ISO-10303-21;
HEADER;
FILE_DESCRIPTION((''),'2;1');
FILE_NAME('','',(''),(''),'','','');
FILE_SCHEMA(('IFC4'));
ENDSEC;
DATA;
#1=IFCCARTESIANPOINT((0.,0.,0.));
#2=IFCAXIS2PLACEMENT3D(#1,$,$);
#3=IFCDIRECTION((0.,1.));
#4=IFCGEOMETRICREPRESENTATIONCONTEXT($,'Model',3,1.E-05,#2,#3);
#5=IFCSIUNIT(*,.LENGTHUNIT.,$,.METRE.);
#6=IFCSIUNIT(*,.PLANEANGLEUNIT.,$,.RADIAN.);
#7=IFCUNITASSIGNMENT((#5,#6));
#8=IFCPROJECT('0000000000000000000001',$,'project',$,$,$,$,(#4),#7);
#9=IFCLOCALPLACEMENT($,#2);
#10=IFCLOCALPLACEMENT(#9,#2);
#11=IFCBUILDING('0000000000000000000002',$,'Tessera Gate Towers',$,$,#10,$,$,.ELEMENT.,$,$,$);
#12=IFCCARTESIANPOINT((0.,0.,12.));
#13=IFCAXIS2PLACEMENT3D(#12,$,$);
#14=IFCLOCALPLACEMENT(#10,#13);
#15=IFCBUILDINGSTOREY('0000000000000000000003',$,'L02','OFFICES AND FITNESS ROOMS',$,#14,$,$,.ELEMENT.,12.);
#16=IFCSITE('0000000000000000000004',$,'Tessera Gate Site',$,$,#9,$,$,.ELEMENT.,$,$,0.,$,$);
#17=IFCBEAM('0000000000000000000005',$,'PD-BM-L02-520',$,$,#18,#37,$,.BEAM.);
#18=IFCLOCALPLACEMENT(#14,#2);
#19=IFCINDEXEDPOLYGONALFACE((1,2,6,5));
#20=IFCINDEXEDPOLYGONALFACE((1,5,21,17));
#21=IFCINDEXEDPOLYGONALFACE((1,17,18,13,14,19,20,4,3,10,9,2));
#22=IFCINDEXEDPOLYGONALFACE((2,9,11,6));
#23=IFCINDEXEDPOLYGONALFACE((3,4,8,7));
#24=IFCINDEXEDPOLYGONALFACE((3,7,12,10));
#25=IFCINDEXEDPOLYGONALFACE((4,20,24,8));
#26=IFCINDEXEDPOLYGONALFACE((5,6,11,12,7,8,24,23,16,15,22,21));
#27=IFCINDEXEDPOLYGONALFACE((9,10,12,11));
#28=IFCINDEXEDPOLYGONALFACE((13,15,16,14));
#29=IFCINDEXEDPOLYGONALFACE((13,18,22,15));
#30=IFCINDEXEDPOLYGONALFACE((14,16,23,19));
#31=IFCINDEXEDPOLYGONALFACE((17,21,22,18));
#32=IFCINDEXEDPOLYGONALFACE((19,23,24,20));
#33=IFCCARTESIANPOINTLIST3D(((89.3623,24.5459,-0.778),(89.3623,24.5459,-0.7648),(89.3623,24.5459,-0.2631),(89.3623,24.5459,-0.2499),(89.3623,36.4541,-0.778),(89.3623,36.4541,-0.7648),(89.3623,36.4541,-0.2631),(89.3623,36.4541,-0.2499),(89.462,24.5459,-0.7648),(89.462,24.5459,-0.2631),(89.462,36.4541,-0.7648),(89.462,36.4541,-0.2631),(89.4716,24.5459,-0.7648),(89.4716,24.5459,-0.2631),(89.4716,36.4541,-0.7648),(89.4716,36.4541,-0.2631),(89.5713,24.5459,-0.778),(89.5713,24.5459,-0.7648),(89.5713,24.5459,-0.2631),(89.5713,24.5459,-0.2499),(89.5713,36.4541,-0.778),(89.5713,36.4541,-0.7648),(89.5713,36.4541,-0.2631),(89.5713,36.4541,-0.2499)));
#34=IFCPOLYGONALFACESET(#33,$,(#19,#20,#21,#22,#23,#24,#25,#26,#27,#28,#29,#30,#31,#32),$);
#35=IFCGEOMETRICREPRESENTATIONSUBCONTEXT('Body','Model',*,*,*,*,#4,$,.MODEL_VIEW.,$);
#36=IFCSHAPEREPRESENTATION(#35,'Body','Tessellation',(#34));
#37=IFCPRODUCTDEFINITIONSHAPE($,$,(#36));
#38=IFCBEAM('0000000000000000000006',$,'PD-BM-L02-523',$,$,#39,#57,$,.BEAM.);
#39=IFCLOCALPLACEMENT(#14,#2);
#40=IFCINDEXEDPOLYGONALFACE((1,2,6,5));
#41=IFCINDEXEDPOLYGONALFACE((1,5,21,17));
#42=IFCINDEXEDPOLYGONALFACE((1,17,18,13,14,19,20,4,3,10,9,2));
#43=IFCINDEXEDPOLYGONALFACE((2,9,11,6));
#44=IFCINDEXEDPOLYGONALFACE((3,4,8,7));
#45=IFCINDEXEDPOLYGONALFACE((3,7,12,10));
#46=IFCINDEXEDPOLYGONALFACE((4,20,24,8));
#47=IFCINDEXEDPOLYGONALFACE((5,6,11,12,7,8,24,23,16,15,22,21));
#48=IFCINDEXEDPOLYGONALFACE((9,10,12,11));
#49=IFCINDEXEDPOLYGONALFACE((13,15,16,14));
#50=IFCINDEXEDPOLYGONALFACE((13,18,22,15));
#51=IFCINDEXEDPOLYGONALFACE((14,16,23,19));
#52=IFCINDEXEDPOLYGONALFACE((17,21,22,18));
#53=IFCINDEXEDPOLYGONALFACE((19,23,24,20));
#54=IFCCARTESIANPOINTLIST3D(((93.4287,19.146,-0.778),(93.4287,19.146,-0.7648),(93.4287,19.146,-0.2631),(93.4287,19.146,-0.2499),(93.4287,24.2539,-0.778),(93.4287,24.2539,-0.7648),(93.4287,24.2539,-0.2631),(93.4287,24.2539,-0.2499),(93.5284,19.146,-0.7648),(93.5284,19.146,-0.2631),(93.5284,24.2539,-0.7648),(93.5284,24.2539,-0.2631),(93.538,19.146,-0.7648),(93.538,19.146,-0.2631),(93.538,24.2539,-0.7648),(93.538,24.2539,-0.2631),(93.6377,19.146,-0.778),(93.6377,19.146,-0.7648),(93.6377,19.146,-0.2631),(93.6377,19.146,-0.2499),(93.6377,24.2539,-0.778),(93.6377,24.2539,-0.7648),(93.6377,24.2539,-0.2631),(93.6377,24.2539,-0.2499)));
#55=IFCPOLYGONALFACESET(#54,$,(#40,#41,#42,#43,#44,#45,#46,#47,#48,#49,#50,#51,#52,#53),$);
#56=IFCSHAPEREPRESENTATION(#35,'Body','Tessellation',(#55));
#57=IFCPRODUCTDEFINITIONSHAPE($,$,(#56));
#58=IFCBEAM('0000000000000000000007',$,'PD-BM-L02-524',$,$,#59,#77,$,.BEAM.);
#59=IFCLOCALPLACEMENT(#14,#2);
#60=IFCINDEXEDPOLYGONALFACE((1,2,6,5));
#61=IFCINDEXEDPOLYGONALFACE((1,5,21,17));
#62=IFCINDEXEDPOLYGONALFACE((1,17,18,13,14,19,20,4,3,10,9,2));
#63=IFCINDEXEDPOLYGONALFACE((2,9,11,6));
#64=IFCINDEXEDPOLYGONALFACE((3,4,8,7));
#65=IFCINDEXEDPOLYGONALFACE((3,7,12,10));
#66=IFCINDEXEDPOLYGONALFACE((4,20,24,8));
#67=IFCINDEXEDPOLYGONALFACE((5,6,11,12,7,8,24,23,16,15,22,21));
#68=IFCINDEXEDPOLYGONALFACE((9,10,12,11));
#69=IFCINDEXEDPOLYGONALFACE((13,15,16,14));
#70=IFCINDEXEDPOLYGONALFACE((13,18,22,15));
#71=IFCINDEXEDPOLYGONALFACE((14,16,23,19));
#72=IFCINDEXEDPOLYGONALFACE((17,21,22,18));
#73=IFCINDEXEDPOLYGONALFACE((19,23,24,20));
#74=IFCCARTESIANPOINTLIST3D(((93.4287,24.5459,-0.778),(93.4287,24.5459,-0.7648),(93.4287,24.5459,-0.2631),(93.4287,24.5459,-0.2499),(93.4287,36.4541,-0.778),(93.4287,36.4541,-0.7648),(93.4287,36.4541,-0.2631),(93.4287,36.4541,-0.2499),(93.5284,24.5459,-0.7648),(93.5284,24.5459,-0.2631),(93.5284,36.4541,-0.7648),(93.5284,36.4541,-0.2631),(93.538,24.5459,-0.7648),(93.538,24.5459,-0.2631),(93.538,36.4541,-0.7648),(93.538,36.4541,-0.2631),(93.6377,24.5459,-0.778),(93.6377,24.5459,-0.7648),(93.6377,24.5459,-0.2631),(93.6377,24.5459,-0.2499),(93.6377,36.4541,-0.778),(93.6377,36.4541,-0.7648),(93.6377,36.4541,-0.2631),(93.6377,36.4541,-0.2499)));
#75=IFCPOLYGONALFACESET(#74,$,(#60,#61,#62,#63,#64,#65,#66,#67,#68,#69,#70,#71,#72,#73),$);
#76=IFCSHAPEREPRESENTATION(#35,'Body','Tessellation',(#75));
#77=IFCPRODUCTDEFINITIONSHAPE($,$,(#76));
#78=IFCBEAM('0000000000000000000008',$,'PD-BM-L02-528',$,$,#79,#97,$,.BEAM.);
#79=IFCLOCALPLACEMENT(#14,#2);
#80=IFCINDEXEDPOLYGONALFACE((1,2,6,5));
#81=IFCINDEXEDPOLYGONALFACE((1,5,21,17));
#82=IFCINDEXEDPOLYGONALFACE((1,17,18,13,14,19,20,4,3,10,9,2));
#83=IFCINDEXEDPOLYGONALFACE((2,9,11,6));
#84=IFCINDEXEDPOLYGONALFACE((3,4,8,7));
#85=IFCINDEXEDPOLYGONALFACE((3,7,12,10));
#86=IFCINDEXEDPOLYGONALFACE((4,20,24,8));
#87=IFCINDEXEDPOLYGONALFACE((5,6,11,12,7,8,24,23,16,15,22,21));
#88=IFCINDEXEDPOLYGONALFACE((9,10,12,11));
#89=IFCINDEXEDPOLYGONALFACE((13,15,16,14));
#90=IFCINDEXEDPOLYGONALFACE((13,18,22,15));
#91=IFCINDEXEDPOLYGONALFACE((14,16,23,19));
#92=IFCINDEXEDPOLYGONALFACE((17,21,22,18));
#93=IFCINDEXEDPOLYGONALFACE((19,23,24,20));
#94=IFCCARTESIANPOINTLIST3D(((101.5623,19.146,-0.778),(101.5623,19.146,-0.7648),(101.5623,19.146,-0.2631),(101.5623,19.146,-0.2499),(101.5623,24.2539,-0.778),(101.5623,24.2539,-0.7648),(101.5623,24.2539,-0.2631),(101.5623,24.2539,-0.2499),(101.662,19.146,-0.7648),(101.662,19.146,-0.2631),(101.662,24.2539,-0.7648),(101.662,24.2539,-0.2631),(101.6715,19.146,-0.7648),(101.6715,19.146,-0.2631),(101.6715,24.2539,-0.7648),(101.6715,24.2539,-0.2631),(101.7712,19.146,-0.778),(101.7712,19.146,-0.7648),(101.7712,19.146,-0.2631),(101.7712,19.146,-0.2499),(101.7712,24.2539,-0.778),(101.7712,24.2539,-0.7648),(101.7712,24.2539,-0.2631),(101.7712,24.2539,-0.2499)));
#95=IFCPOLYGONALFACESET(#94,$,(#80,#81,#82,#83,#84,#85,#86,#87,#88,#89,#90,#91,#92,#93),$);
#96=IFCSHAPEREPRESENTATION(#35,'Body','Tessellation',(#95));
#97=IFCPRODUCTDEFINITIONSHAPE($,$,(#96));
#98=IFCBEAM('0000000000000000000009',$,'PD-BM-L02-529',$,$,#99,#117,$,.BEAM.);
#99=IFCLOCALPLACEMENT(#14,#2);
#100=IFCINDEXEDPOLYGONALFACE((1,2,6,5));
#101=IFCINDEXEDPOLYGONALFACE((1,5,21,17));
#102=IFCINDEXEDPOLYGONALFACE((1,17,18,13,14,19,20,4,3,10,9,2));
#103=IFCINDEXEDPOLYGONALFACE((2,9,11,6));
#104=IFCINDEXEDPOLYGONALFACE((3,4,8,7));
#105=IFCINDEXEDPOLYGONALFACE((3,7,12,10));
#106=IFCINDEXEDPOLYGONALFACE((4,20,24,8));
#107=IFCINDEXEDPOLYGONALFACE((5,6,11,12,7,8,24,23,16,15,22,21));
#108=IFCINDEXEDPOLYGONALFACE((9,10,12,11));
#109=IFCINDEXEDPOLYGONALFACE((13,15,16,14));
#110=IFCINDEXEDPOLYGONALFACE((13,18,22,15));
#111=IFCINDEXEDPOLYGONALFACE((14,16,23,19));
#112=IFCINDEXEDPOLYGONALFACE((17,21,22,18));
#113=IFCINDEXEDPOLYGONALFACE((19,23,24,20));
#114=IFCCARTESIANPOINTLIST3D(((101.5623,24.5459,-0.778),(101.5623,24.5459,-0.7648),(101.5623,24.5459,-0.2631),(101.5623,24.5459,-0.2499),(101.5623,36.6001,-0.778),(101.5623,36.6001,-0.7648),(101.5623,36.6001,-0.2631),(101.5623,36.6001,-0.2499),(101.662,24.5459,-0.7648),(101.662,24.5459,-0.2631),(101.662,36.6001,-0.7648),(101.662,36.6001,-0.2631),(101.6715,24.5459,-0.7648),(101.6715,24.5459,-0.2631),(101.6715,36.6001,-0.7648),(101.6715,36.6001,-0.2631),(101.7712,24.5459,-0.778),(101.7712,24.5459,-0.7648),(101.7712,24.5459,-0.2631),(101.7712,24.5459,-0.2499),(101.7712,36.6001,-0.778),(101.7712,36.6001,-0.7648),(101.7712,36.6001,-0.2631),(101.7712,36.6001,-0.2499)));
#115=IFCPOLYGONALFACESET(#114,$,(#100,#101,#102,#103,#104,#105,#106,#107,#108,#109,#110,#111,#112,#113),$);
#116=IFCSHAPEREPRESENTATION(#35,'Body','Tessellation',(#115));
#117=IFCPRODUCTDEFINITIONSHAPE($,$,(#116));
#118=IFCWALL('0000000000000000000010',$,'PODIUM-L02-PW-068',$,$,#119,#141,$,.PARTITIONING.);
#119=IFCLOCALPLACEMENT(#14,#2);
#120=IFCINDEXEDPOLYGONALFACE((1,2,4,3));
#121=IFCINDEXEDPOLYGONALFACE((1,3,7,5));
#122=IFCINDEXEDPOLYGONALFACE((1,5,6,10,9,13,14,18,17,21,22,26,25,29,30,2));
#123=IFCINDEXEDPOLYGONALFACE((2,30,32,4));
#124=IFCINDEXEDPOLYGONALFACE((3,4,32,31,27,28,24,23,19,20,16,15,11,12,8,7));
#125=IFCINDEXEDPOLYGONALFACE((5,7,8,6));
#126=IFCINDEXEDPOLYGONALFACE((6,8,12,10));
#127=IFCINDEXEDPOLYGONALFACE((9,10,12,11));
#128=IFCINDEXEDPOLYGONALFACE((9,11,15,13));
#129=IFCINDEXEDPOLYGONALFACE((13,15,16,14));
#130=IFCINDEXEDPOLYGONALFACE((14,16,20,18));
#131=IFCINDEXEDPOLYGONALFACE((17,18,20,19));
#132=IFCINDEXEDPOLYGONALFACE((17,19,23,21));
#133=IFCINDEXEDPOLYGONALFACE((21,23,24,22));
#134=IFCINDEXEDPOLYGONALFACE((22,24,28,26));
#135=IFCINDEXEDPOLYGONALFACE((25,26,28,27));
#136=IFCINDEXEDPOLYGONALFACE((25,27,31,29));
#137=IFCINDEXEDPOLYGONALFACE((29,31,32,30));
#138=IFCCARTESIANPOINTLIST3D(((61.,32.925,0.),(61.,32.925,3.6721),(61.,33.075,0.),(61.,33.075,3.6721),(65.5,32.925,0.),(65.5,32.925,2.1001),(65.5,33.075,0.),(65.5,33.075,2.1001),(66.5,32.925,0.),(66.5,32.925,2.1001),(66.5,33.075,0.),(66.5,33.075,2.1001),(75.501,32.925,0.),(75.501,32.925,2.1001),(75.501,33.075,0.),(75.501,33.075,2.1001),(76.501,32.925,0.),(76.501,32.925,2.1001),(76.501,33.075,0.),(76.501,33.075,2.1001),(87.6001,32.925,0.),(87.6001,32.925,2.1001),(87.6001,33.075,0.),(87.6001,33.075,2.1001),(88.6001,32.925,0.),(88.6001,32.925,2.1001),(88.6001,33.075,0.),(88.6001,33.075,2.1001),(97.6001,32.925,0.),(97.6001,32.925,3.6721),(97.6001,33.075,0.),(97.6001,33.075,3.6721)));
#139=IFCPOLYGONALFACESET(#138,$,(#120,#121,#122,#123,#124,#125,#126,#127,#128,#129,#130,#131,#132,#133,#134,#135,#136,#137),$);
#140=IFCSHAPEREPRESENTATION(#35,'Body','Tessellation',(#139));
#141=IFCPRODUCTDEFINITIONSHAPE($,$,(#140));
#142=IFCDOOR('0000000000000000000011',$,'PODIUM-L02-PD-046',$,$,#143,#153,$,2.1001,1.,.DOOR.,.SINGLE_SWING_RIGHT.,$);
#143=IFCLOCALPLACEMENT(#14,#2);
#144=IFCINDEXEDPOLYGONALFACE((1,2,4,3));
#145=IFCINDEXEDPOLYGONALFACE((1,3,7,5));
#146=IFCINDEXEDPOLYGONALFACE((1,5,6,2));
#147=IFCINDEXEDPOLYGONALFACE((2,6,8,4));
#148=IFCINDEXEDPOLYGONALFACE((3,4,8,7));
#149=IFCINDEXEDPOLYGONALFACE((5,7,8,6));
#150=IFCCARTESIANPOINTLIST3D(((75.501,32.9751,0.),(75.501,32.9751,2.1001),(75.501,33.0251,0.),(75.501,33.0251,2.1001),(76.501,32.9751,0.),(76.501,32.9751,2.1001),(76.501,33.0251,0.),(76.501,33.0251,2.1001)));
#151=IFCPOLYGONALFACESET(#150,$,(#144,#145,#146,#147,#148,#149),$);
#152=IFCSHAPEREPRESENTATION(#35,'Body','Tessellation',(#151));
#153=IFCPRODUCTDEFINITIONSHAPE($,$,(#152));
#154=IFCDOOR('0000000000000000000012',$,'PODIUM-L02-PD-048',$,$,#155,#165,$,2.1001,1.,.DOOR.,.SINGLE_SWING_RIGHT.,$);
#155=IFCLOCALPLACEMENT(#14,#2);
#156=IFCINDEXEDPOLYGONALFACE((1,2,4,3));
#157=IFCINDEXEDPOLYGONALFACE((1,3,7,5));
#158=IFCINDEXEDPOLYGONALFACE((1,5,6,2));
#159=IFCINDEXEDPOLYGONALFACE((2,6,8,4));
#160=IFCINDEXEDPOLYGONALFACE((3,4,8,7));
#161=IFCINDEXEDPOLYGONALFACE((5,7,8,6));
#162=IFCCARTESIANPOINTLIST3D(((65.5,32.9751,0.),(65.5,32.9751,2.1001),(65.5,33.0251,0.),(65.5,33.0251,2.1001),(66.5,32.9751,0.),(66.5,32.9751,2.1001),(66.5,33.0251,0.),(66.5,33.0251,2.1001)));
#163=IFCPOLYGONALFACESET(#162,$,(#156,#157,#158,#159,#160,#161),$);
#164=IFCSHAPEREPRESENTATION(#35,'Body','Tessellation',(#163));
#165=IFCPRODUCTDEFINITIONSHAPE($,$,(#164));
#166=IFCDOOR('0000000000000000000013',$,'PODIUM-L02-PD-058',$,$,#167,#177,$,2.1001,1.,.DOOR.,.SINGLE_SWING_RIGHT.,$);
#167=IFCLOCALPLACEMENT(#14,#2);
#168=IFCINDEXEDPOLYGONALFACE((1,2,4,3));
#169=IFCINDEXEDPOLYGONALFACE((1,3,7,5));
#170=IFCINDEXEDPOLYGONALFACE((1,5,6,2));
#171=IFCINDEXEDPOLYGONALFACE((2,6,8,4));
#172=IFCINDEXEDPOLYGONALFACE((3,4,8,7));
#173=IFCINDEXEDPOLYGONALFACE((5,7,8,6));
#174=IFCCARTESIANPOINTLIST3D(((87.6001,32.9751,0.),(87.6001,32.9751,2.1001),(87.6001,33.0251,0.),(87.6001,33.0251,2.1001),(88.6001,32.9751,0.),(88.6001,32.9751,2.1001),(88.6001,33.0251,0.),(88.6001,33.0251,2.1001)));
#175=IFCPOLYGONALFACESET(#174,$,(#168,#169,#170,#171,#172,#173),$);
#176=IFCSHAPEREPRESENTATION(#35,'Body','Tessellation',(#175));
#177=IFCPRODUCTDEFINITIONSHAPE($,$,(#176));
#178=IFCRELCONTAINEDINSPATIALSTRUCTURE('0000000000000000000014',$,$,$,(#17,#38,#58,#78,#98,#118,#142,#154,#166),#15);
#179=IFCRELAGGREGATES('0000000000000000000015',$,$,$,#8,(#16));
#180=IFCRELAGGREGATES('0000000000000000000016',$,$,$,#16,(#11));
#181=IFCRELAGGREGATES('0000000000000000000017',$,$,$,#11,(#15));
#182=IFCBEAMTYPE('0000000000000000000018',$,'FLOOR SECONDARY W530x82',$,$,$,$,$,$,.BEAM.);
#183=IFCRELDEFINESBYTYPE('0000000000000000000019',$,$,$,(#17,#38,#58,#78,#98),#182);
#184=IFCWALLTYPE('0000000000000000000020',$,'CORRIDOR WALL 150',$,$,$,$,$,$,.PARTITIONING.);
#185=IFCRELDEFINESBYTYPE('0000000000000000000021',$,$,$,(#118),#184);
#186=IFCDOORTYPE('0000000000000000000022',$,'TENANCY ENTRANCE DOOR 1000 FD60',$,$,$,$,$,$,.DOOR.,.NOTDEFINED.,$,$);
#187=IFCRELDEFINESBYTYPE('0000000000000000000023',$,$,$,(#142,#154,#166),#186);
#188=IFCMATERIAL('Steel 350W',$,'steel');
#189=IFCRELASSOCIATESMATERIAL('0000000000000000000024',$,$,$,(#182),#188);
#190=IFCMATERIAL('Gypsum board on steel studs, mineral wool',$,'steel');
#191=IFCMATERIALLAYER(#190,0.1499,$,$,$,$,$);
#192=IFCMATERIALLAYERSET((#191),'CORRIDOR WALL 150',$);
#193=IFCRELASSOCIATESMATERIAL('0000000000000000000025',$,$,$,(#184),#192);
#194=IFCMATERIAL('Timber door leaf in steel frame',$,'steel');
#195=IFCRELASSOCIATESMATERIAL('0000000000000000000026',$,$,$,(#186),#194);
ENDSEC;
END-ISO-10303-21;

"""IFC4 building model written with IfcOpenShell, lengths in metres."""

from ifc_helpers import new_model, si_unit, direction, frame, frame_2d, origin, origin_2d, place, context, subcontext, project, spatial, rectangle, i_section, extrude, source, transform, mapped, material, layer, layer_set, material_profile, profile_set, type_object, element, fill, save


model = new_model("IFC4")

# Units and contexts
model_context = context("Model", 3, precision=1e-05, world=origin(), true_north=direction((0.0, 1.0)))
body_context = subcontext(model_context, "Body", "Model", "MODEL_VIEW")
ifc_project = project(units=[si_unit("LENGTHUNIT", "METRE"), si_unit("PLANEANGLEUNIT", "RADIAN")], contexts=[model_context])

# Site, building, storey
site_placement = place(None, origin())
site = spatial("IfcSite", under=ifc_project, at=site_placement, Name="Tessera Gate Site", CompositionType="ELEMENT", RefElevation=0.0)
building_placement = place(site_placement, origin())
building = spatial("IfcBuilding", under=site, at=building_placement, Name="Tessera Gate Towers", CompositionType="ELEMENT")
storey_placement = place(building_placement, frame((0.0, 0.0, 12.0)))
storey = spatial("IfcBuildingStorey", under=building, at=storey_placement, Name="L02", Description="OFFICES AND FITNESS ROOMS", CompositionType="ELEMENT", Elevation=12.0)

# Beams
ifc_material_1 = material(Name="Steel 350W", Category="steel")
ifc_material_profile_1 = material_profile(ifc_material_1, i_section(OverallWidth=0.209, OverallDepth=0.5281, WebThickness=0.0095, FlangeThickness=0.0132, at=origin_2d()), Name="W530x82")
ifc_profile_set_1 = profile_set([ifc_material_profile_1], Name="Steel 350W")
beam_type_1 = type_object("IfcBeamType", Name="FLOOR SECONDARY W530x82", PredefinedType="BEAM", material=ifc_profile_set_1)
beam_1_placement = place(storey_placement, frame((89.4668, 24.5459, -0.5139), z_axis=(0.0, 1.0, 0.0), x_axis=(-1.0, 0.0, 0.0)))
element("IfcBeam", 1, at=beam_1_placement, inside=storey, type_object=beam_type_1, Name="PD-BM-L02-520", PredefinedType="BEAM", context=body_context, shape_type="SweptSolid", body=[
    extrude(i_section(OverallWidth=0.209, OverallDepth=0.5281, WebThickness=0.0095, FlangeThickness=0.0132, at=origin_2d()), origin(), (0.0, 0.0, 1.0), 11.9082),
])
beam_2_placement = place(storey_placement, frame((93.5332, 19.146, -0.5139), z_axis=(0.0, 1.0, 0.0), x_axis=(-1.0, 0.0, 0.0)))
element("IfcBeam", 2, at=beam_2_placement, inside=storey, type_object=beam_type_1, Name="PD-BM-L02-523", PredefinedType="BEAM", context=body_context, shape_type="SweptSolid", body=[
    extrude(i_section(OverallWidth=0.209, OverallDepth=0.5281, WebThickness=0.0095, FlangeThickness=0.0132, at=origin_2d()), origin(), (0.0, 0.0, 1.0), 5.1079),
])
beam_3_placement = place(storey_placement, frame((93.5332, 24.5459, -0.5139), z_axis=(0.0, 1.0, 0.0), x_axis=(-1.0, 0.0, 0.0)))
element("IfcBeam", 3, at=beam_3_placement, inside=storey, type_object=beam_type_1, Name="PD-BM-L02-524", PredefinedType="BEAM", context=body_context, shape_type="SweptSolid", body=[
    extrude(i_section(OverallWidth=0.209, OverallDepth=0.5281, WebThickness=0.0095, FlangeThickness=0.0132, at=origin_2d()), origin(), (0.0, 0.0, 1.0), 11.9082),
])
beam_4_placement = place(storey_placement, frame((101.6667, 19.146, -0.5139), z_axis=(0.0, 1.0, 0.0), x_axis=(-1.0, 0.0, 0.0)))
element("IfcBeam", 4, at=beam_4_placement, inside=storey, type_object=beam_type_1, Name="PD-BM-L02-528", PredefinedType="BEAM", context=body_context, shape_type="SweptSolid", body=[
    extrude(i_section(OverallWidth=0.209, OverallDepth=0.5281, WebThickness=0.0095, FlangeThickness=0.0132, at=origin_2d()), origin(), (0.0, 0.0, 1.0), 5.1079),
])
beam_5_placement = place(storey_placement, frame((101.6667, 24.5459, -0.5139), z_axis=(0.0, 1.0, 0.0), x_axis=(-1.0, 0.0, 0.0)))
element("IfcBeam", 5, at=beam_5_placement, inside=storey, type_object=beam_type_1, Name="PD-BM-L02-529", PredefinedType="BEAM", context=body_context, shape_type="SweptSolid", body=[
    extrude(i_section(OverallWidth=0.209, OverallDepth=0.5281, WebThickness=0.0095, FlangeThickness=0.0132, at=origin_2d()), origin(), (0.0, 0.0, 1.0), 12.0542),
])

# Wall, openings, doors
ifc_material_2 = material(Name="Gypsum board on steel studs, mineral wool", Category="steel")
ifc_layer_1 = layer(ifc_material_2, 0.1499)
ifc_layer_set_1 = layer_set([ifc_layer_1], Name="CORRIDOR WALL 150")
wall_type_1 = type_object("IfcWallType", Name="CORRIDOR WALL 150", PredefinedType="PARTITIONING", material=ifc_layer_set_1)
wall_1_placement = place(storey_placement, frame((97.6001, 33.0, 0.0), z_axis=(0.0, 0.0, 1.0), x_axis=(-1.0, 0.0, 0.0)))
wall_1 = element("IfcWall", 6, at=wall_1_placement, inside=storey, type_object=wall_type_1, Name="PODIUM-L02-PW-068", PredefinedType="PARTITIONING", context=body_context, shape_type="SweptSolid", body=[
    extrude(rectangle(XDim=36.6001, YDim=0.1499, at=frame_2d((18.3, 0.0))), origin(), (0.0, 0.0, 1.0), 3.6721),
])
shared_shape_1 = source(origin(), body_context, "Body", "SweptSolid", [
    extrude(rectangle(XDim=1.0, YDim=2.1001, at=frame_2d((0.5, 1.05))), frame((0.0, 0.085, 0.0), z_axis=(0.0, -1.0, 0.0), x_axis=(1.0, 0.0, 0.0)), (0.0, 0.0, 1.0), 0.1699),
])
opening_1_placement = place(wall_1_placement, frame((21.0991, 0.0, 0.0)))
opening_1 = element("IfcOpeningElement", 7, at=opening_1_placement, cuts=wall_1, PredefinedType="OPENING", context=body_context, shape_type="MappedRepresentation", body=[
    mapped(shared_shape_1, transform((0.0, 0.0, 0.0), scale=1.0)),
])
opening_2_placement = place(wall_1_placement, frame((31.1001, 0.0, 0.0)))
opening_2 = element("IfcOpeningElement", 8, at=opening_2_placement, cuts=wall_1, PredefinedType="OPENING", context=body_context, shape_type="MappedRepresentation", body=[
    mapped(shared_shape_1, transform((0.0, 0.0, 0.0), scale=1.0)),
])
opening_3_placement = place(wall_1_placement, frame((9.0, 0.0, 0.0)))
opening_3 = element("IfcOpeningElement", 9, at=opening_3_placement, cuts=wall_1, PredefinedType="OPENING", context=body_context, shape_type="MappedRepresentation", body=[
    mapped(shared_shape_1, transform((0.0, 0.0, 0.0), scale=1.0)),
])
ifc_material_3 = material(Name="Timber door leaf in steel frame", Category="steel")
door_type_1 = type_object("IfcDoorType", Name="TENANCY ENTRANCE DOOR 1000 FD60", OperationType="NOTDEFINED", PredefinedType="DOOR", material=ifc_material_3)
shared_shape_2 = source(origin(), body_context, "Body", "SweptSolid", [
    extrude(rectangle(XDim=1.0, YDim=2.1001, at=frame_2d((0.5, 1.05))), frame((0.0, 0.0249, 0.0), z_axis=(0.0, -1.0, 0.0), x_axis=(1.0, 0.0, 0.0)), (0.0, 0.0, 1.0), 0.05),
])
door_1_placement = place(opening_1_placement, origin())
door_1 = element("IfcDoor", 10, at=door_1_placement, inside=storey, type_object=door_type_1, Name="PODIUM-L02-PD-046", OperationType="SINGLE_SWING_RIGHT", OverallHeight=2.1001, OverallWidth=1.0, PredefinedType="DOOR", context=body_context, shape_type="MappedRepresentation", body=[
    mapped(shared_shape_2, transform((0.0, 0.0, 0.0), scale=1.0)),
])
fill(opening_1, door_1)
door_2_placement = place(opening_2_placement, origin())
door_2 = element("IfcDoor", 11, at=door_2_placement, inside=storey, type_object=door_type_1, Name="PODIUM-L02-PD-048", OperationType="SINGLE_SWING_RIGHT", OverallHeight=2.1001, OverallWidth=1.0, PredefinedType="DOOR", context=body_context, shape_type="MappedRepresentation", body=[
    mapped(shared_shape_2, transform((0.0, 0.0, 0.0), scale=1.0)),
])
fill(opening_2, door_2)
door_3_placement = place(opening_3_placement, origin())
door_3 = element("IfcDoor", 12, at=door_3_placement, inside=storey, type_object=door_type_1, Name="PODIUM-L02-PD-058", OperationType="SINGLE_SWING_RIGHT", OverallHeight=2.1001, OverallWidth=1.0, PredefinedType="DOOR", context=body_context, shape_type="MappedRepresentation", body=[
    mapped(shared_shape_2, transform((0.0, 0.0, 0.0), scale=1.0)),
])
fill(opening_3, door_3)

save(model, "model.ifc")
